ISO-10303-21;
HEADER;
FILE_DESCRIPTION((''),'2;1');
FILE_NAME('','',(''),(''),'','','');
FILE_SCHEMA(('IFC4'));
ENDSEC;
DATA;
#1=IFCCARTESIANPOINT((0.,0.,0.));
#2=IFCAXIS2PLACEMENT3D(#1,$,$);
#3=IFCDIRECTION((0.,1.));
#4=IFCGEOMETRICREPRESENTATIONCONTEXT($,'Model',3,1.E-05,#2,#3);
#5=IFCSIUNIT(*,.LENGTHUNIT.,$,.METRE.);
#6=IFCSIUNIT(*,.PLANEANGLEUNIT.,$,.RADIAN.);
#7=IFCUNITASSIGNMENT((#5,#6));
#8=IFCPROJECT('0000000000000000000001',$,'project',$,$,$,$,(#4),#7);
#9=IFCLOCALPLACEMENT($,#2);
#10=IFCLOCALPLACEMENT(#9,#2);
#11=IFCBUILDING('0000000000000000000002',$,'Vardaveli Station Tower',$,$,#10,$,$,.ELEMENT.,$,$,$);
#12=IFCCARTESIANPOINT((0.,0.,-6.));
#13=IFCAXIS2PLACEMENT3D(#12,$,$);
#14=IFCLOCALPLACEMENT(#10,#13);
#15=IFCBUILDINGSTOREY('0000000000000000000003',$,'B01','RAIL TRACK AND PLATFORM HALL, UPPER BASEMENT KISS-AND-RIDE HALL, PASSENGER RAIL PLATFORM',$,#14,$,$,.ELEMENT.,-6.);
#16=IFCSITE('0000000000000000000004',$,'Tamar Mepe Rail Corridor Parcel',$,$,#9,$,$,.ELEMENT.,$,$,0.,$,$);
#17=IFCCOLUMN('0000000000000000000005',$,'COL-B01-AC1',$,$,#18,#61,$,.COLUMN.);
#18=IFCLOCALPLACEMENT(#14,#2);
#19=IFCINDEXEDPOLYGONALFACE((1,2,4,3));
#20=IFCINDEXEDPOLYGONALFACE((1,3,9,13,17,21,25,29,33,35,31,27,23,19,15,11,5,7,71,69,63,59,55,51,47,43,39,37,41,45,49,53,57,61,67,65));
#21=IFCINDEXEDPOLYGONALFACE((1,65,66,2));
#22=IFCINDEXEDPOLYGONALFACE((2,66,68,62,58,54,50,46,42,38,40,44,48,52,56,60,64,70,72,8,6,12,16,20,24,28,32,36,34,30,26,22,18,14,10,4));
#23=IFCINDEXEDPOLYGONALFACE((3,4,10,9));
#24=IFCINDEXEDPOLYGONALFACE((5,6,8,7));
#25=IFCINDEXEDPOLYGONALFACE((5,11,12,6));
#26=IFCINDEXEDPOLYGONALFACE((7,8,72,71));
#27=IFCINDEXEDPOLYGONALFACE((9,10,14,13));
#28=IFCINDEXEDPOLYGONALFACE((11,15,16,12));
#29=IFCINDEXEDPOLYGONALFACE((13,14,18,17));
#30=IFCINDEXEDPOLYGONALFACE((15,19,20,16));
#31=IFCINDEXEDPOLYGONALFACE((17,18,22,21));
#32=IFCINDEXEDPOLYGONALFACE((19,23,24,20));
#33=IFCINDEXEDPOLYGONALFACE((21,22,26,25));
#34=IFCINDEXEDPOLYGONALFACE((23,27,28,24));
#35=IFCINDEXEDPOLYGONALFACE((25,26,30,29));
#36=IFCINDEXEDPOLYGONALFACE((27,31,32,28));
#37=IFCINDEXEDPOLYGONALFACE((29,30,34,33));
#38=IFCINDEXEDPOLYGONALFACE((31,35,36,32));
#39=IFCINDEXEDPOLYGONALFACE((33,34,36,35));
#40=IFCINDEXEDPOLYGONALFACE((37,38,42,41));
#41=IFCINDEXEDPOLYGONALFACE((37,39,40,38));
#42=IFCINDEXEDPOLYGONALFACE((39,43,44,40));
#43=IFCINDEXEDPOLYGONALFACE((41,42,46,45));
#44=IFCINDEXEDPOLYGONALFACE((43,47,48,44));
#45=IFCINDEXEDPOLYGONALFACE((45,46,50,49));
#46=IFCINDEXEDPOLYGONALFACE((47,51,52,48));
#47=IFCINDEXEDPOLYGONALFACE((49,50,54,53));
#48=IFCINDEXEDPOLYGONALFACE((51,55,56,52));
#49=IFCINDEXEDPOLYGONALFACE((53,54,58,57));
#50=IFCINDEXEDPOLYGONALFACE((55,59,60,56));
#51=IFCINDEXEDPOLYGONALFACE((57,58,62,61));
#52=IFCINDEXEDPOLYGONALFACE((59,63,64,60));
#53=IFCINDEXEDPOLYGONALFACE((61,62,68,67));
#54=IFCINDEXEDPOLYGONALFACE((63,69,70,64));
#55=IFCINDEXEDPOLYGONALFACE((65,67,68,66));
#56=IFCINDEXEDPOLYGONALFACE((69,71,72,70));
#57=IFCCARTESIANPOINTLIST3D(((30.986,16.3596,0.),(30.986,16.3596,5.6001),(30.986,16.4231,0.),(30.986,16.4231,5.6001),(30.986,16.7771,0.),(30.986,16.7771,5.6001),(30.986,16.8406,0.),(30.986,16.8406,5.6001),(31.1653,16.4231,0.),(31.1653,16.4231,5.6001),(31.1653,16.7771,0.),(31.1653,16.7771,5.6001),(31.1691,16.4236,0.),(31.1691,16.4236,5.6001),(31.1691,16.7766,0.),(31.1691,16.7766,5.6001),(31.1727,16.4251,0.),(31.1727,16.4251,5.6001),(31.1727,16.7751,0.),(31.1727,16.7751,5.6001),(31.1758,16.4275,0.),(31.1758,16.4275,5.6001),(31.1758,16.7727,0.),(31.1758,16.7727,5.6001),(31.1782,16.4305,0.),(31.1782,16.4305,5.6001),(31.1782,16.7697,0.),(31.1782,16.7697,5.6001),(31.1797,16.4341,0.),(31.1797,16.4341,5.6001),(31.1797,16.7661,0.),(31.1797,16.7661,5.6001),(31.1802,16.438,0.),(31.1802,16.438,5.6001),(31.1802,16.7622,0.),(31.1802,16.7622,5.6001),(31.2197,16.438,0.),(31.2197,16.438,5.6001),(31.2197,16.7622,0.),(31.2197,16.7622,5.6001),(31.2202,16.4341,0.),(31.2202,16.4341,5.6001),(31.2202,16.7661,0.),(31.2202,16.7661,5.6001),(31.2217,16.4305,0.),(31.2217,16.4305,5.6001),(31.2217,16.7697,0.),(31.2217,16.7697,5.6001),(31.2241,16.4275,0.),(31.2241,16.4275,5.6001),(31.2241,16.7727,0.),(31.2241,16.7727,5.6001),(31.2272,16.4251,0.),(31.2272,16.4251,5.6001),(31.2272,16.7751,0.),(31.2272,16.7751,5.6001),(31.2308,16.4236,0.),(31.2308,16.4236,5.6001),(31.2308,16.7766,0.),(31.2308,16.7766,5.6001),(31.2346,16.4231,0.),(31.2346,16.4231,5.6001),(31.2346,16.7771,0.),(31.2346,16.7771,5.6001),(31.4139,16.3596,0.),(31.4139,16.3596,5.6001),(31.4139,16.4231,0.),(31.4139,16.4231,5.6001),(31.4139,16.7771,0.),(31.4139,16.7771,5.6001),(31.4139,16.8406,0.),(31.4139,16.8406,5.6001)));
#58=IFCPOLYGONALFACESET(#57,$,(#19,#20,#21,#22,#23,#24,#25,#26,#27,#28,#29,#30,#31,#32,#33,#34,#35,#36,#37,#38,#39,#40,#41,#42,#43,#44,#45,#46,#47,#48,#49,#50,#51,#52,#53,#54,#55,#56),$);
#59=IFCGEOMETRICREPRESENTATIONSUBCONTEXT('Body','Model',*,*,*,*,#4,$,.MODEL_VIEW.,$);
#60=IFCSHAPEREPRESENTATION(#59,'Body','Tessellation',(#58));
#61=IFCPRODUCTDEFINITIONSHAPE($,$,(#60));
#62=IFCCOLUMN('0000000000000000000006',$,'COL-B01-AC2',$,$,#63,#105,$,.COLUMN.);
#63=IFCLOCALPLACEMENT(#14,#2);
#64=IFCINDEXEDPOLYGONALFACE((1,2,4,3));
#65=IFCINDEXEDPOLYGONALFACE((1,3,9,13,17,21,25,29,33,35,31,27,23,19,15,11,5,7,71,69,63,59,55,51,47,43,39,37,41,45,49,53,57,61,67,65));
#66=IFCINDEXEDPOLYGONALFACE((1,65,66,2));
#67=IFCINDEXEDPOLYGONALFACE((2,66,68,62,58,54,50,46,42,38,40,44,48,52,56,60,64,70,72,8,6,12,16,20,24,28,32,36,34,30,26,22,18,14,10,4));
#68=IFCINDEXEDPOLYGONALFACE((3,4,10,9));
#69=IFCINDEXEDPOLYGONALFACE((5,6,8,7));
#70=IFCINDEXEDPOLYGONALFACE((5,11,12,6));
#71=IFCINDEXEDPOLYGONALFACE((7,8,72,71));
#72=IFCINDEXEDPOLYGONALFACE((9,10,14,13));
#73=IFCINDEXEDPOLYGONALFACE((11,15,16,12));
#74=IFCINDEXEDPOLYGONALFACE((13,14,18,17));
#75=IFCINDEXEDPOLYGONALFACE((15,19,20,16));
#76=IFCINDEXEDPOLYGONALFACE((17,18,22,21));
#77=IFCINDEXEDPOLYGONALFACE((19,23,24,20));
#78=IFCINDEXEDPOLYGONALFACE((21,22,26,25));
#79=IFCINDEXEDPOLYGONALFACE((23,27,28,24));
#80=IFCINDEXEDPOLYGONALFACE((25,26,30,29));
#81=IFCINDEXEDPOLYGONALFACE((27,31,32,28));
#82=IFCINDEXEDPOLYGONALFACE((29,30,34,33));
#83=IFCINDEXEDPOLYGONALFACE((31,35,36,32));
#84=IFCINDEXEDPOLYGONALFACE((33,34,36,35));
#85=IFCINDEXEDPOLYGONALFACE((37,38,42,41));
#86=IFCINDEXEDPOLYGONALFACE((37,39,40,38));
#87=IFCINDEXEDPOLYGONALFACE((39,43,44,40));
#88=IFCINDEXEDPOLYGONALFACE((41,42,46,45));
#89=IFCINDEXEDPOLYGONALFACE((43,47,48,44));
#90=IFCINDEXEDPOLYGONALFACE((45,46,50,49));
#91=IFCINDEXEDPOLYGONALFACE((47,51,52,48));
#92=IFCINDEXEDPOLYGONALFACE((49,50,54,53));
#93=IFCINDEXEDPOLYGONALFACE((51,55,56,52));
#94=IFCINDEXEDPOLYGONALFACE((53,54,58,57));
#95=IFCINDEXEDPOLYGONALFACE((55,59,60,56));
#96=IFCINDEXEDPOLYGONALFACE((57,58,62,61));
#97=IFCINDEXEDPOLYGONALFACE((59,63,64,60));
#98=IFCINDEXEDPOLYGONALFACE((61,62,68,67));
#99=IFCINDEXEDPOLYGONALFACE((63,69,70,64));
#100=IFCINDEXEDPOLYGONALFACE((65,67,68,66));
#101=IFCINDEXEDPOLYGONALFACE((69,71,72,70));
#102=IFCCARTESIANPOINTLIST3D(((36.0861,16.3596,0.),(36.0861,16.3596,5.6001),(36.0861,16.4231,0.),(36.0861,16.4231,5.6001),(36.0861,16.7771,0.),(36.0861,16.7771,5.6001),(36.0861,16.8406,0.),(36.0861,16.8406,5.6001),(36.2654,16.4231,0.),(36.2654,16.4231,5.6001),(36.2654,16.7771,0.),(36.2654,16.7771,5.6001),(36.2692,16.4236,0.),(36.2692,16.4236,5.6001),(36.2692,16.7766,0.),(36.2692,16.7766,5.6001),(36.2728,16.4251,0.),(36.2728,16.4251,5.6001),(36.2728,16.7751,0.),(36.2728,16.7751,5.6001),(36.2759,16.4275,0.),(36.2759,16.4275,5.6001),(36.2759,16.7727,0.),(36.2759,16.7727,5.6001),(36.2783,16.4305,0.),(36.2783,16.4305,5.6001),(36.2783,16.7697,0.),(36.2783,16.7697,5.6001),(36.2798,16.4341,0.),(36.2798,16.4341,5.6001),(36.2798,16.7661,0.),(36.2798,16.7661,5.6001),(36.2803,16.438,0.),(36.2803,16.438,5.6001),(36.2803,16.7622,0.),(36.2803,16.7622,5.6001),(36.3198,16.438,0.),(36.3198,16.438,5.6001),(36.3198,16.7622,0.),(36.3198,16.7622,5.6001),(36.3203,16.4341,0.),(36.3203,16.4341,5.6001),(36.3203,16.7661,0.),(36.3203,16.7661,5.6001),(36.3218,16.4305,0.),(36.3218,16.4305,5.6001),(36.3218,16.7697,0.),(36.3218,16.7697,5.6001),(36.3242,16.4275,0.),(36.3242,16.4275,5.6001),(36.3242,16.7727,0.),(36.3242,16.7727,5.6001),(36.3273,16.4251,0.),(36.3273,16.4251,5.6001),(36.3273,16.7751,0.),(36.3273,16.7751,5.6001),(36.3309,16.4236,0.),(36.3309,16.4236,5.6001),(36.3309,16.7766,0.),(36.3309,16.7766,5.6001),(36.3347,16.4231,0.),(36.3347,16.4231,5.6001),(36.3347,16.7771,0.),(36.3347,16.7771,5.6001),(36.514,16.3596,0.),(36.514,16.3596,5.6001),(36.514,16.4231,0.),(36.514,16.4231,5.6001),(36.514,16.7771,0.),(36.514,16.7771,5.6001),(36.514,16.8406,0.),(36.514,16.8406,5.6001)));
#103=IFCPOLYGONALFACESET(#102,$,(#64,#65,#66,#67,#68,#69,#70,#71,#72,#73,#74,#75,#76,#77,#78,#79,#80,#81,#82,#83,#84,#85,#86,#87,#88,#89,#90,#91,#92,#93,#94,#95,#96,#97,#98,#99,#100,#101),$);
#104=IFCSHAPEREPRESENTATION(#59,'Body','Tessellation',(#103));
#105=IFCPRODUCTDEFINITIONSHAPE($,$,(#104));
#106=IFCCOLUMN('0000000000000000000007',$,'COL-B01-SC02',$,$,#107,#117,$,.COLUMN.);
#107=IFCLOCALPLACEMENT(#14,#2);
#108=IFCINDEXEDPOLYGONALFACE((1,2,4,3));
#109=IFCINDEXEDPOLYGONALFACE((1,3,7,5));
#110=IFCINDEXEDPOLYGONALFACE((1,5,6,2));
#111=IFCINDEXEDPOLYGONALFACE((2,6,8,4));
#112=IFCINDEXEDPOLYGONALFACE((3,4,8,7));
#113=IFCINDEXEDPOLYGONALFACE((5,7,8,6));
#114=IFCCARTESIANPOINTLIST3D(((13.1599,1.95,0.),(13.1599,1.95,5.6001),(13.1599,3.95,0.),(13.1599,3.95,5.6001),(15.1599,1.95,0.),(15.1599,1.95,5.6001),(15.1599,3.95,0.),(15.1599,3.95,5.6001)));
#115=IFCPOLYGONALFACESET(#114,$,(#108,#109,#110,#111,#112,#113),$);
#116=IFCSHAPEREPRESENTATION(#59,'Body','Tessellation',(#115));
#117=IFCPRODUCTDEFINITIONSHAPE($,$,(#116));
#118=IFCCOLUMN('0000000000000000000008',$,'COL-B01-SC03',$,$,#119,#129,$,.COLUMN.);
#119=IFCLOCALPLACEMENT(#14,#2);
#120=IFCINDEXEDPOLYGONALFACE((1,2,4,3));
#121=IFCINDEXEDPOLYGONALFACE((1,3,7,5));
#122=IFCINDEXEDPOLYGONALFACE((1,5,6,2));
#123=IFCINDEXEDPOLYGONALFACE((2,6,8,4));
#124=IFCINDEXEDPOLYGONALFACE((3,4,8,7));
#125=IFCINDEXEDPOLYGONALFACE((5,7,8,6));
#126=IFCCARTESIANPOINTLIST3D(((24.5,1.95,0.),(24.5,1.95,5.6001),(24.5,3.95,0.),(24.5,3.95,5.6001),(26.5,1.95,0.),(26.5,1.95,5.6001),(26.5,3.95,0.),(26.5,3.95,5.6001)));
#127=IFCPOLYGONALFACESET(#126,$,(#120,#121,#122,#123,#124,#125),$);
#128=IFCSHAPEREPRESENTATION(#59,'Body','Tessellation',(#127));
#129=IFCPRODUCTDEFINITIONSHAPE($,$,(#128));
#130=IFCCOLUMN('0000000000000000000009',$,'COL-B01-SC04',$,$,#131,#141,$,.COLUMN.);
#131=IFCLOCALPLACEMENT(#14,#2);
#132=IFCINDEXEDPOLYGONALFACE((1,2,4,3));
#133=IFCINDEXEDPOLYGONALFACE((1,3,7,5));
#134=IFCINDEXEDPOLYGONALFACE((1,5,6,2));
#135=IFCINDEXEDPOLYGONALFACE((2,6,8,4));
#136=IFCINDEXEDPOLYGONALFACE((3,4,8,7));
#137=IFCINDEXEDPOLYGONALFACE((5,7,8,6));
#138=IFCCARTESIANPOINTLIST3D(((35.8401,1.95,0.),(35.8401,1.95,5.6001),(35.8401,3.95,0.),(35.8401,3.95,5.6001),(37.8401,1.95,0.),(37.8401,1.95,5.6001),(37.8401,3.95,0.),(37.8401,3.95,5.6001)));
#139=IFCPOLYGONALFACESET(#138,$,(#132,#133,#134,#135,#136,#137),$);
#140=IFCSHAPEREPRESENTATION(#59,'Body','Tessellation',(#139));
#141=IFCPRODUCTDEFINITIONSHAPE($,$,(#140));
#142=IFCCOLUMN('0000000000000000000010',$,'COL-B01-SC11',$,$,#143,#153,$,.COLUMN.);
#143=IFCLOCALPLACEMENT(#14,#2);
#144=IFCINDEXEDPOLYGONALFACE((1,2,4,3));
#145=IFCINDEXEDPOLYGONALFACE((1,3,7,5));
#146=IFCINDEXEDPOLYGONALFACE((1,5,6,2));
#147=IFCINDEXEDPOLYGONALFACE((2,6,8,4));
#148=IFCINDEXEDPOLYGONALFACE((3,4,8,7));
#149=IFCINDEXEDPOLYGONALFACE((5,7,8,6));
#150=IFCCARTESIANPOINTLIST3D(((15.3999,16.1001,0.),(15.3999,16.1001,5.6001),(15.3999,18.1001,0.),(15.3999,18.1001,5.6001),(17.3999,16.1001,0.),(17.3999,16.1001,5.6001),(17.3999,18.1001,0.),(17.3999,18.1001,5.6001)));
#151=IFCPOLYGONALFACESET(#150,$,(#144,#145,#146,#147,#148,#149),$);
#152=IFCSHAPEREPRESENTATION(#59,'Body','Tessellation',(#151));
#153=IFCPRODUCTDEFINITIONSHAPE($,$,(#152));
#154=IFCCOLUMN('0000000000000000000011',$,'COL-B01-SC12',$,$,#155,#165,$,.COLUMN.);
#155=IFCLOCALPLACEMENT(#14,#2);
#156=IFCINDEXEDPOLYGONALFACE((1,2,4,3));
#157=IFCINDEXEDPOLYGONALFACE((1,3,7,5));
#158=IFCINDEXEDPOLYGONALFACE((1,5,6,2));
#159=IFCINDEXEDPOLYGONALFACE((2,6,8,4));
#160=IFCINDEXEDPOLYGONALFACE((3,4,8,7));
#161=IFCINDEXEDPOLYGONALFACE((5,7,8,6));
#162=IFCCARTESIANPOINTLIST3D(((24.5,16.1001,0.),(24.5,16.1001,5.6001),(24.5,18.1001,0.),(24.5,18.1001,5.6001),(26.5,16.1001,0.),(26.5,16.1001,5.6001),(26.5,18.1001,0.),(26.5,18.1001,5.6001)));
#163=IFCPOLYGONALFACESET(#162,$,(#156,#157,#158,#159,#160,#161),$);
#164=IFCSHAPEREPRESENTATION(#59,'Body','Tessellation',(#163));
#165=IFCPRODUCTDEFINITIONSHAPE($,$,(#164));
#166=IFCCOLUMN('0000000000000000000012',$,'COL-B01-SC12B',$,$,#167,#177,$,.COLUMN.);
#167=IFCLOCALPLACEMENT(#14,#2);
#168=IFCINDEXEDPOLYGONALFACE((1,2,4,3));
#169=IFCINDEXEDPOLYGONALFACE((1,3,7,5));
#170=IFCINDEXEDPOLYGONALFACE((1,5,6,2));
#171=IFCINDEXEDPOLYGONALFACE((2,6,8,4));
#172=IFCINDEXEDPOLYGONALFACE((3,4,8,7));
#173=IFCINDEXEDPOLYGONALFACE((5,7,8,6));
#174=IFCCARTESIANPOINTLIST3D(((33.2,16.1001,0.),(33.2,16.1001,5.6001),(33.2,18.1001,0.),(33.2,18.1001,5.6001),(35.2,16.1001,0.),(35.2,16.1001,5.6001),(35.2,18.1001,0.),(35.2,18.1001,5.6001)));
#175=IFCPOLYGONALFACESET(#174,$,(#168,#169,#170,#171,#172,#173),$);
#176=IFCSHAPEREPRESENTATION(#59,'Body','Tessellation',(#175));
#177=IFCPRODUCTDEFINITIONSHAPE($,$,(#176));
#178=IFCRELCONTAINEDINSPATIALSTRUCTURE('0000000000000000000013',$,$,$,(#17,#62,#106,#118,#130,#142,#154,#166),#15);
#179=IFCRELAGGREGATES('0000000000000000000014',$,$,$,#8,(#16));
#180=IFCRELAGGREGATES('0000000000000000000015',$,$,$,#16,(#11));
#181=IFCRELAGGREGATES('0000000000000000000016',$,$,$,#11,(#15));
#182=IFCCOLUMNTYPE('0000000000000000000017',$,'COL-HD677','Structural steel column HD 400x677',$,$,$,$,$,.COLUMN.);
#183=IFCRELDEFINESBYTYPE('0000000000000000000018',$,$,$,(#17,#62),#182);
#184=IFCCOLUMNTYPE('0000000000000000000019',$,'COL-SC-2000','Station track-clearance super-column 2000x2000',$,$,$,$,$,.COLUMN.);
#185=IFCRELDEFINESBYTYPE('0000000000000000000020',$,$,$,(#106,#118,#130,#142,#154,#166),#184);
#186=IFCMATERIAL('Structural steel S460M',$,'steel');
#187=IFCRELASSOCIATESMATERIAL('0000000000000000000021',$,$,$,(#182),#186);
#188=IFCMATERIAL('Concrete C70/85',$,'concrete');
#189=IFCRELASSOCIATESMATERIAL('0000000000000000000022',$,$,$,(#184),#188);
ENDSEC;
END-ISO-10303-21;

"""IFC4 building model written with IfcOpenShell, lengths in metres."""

from ifc_helpers import new_model, si_unit, direction, frame, origin, origin_2d, place, context, subcontext, project, spatial, rectangle, i_section, extrude, source, transform, mapped, material, material_profile, profile_set, type_object, element, save


model = new_model("IFC4")

# Units and contexts
model_context = context("Model", 3, precision=1e-05, world=origin(), true_north=direction((0.0, 1.0)))
body_context = subcontext(model_context, "Body", "Model", "MODEL_VIEW")
ifc_project = project(units=[si_unit("LENGTHUNIT", "METRE"), si_unit("PLANEANGLEUNIT", "RADIAN")], contexts=[model_context])

# Site, building, storey
site_placement = place(None, origin())
site = spatial("IfcSite", under=ifc_project, at=site_placement, Name="Tamar Mepe Rail Corridor Parcel", CompositionType="ELEMENT", RefElevation=0.0)
building_placement = place(site_placement, origin())
building = spatial("IfcBuilding", under=site, at=building_placement, Name="Vardaveli Station Tower", CompositionType="ELEMENT")
storey_placement = place(building_placement, frame((0.0, 0.0, -6.0)))
storey = spatial("IfcBuildingStorey", under=building, at=storey_placement, Name="B01", Description="RAIL TRACK AND PLATFORM HALL, UPPER BASEMENT KISS-AND-RIDE HALL, PASSENGER RAIL PLATFORM", CompositionType="ELEMENT", Elevation=-6.0)

# Columns
ifc_material_1 = material(Name="Structural steel S460M", Category="steel")
ifc_material_profile_1 = material_profile(ifc_material_1, i_section(OverallWidth=0.428, OverallDepth=0.481, WebThickness=0.0396, FlangeThickness=0.0635, FilletRadius=0.0149, at=origin_2d()), Name="HD 400x677")
ifc_profile_set_1 = profile_set([ifc_material_profile_1], Name="Structural steel S460M")
column_type_1 = type_object("IfcColumnType", Name="COL-HD677", Description="Structural steel column HD 400x677", PredefinedType="COLUMN", material=ifc_profile_set_1)
shared_shape_1 = source(origin(), body_context, "Body", "SweptSolid", [
    extrude(i_section(OverallWidth=0.428, OverallDepth=0.481, WebThickness=0.0396, FlangeThickness=0.0635, FilletRadius=0.0149, at=origin_2d()), origin(), (0.0, 0.0, 1.0), 5.6001),
])
for number, where, z_axis, x_axis, name in (
    (1, (31.2, 16.6001, 0.0), (0.0, 0.0, 1.0), (1.0, 0.0, 0.0), "COL-B01-AC1"),
    (2, (36.3, 16.6001, 0.0), (0.0, 0.0, 1.0), (1.0, 0.0, 0.0), "COL-B01-AC2"),
):
    element("IfcColumn", number, at=place(storey_placement, frame(where, z_axis=z_axis, x_axis=x_axis)), inside=storey, type_object=column_type_1, Name=name, PredefinedType="COLUMN", context=body_context, shape_type="MappedRepresentation", body=[
        mapped(shared_shape_1, transform((0.0, 0.0, 0.0), scale=1.0)),
    ])
ifc_material_2 = material(Name="Concrete C70/85", Category="concrete")
ifc_material_profile_2 = material_profile(ifc_material_2, rectangle(XDim=2.0, YDim=2.0, at=origin_2d()), Name="SC 2000x2000")
ifc_profile_set_2 = profile_set([ifc_material_profile_2], Name="Concrete C70/85")
column_type_2 = type_object("IfcColumnType", Name="COL-SC-2000", Description="Station track-clearance super-column 2000x2000", PredefinedType="COLUMN", material=ifc_profile_set_2)
shared_shape_2 = source(origin(), body_context, "Body", "SweptSolid", [
    extrude(rectangle(XDim=2.0, YDim=2.0, at=origin_2d()), origin(), (0.0, 0.0, 1.0), 5.6001),
])
for number, where, z_axis, x_axis, name in (
    (3, (14.1599, 2.95, 0.0), (0.0, 0.0, 1.0), (1.0, 0.0, 0.0), "COL-B01-SC02"),
    (4, (25.5, 2.95, 0.0), (0.0, 0.0, 1.0), (1.0, 0.0, 0.0), "COL-B01-SC03"),
    (5, (36.8401, 2.95, 0.0), (0.0, 0.0, 1.0), (1.0, 0.0, 0.0), "COL-B01-SC04"),
    (6, (16.3999, 17.1001, 0.0), (0.0, 0.0, 1.0), (1.0, 0.0, 0.0), "COL-B01-SC11"),
    (7, (25.5, 17.1001, 0.0), (0.0, 0.0, 1.0), (1.0, 0.0, 0.0), "COL-B01-SC12"),
    (8, (34.2, 17.1001, 0.0), (0.0, 0.0, 1.0), (1.0, 0.0, 0.0), "COL-B01-SC12B"),
):
    element("IfcColumn", number, at=place(storey_placement, frame(where, z_axis=z_axis, x_axis=x_axis)), inside=storey, type_object=column_type_2, Name=name, PredefinedType="COLUMN", context=body_context, shape_type="MappedRepresentation", body=[
        mapped(shared_shape_2, transform((0.0, 0.0, 0.0), scale=1.0)),
    ])

save(model, "model.ifc")
